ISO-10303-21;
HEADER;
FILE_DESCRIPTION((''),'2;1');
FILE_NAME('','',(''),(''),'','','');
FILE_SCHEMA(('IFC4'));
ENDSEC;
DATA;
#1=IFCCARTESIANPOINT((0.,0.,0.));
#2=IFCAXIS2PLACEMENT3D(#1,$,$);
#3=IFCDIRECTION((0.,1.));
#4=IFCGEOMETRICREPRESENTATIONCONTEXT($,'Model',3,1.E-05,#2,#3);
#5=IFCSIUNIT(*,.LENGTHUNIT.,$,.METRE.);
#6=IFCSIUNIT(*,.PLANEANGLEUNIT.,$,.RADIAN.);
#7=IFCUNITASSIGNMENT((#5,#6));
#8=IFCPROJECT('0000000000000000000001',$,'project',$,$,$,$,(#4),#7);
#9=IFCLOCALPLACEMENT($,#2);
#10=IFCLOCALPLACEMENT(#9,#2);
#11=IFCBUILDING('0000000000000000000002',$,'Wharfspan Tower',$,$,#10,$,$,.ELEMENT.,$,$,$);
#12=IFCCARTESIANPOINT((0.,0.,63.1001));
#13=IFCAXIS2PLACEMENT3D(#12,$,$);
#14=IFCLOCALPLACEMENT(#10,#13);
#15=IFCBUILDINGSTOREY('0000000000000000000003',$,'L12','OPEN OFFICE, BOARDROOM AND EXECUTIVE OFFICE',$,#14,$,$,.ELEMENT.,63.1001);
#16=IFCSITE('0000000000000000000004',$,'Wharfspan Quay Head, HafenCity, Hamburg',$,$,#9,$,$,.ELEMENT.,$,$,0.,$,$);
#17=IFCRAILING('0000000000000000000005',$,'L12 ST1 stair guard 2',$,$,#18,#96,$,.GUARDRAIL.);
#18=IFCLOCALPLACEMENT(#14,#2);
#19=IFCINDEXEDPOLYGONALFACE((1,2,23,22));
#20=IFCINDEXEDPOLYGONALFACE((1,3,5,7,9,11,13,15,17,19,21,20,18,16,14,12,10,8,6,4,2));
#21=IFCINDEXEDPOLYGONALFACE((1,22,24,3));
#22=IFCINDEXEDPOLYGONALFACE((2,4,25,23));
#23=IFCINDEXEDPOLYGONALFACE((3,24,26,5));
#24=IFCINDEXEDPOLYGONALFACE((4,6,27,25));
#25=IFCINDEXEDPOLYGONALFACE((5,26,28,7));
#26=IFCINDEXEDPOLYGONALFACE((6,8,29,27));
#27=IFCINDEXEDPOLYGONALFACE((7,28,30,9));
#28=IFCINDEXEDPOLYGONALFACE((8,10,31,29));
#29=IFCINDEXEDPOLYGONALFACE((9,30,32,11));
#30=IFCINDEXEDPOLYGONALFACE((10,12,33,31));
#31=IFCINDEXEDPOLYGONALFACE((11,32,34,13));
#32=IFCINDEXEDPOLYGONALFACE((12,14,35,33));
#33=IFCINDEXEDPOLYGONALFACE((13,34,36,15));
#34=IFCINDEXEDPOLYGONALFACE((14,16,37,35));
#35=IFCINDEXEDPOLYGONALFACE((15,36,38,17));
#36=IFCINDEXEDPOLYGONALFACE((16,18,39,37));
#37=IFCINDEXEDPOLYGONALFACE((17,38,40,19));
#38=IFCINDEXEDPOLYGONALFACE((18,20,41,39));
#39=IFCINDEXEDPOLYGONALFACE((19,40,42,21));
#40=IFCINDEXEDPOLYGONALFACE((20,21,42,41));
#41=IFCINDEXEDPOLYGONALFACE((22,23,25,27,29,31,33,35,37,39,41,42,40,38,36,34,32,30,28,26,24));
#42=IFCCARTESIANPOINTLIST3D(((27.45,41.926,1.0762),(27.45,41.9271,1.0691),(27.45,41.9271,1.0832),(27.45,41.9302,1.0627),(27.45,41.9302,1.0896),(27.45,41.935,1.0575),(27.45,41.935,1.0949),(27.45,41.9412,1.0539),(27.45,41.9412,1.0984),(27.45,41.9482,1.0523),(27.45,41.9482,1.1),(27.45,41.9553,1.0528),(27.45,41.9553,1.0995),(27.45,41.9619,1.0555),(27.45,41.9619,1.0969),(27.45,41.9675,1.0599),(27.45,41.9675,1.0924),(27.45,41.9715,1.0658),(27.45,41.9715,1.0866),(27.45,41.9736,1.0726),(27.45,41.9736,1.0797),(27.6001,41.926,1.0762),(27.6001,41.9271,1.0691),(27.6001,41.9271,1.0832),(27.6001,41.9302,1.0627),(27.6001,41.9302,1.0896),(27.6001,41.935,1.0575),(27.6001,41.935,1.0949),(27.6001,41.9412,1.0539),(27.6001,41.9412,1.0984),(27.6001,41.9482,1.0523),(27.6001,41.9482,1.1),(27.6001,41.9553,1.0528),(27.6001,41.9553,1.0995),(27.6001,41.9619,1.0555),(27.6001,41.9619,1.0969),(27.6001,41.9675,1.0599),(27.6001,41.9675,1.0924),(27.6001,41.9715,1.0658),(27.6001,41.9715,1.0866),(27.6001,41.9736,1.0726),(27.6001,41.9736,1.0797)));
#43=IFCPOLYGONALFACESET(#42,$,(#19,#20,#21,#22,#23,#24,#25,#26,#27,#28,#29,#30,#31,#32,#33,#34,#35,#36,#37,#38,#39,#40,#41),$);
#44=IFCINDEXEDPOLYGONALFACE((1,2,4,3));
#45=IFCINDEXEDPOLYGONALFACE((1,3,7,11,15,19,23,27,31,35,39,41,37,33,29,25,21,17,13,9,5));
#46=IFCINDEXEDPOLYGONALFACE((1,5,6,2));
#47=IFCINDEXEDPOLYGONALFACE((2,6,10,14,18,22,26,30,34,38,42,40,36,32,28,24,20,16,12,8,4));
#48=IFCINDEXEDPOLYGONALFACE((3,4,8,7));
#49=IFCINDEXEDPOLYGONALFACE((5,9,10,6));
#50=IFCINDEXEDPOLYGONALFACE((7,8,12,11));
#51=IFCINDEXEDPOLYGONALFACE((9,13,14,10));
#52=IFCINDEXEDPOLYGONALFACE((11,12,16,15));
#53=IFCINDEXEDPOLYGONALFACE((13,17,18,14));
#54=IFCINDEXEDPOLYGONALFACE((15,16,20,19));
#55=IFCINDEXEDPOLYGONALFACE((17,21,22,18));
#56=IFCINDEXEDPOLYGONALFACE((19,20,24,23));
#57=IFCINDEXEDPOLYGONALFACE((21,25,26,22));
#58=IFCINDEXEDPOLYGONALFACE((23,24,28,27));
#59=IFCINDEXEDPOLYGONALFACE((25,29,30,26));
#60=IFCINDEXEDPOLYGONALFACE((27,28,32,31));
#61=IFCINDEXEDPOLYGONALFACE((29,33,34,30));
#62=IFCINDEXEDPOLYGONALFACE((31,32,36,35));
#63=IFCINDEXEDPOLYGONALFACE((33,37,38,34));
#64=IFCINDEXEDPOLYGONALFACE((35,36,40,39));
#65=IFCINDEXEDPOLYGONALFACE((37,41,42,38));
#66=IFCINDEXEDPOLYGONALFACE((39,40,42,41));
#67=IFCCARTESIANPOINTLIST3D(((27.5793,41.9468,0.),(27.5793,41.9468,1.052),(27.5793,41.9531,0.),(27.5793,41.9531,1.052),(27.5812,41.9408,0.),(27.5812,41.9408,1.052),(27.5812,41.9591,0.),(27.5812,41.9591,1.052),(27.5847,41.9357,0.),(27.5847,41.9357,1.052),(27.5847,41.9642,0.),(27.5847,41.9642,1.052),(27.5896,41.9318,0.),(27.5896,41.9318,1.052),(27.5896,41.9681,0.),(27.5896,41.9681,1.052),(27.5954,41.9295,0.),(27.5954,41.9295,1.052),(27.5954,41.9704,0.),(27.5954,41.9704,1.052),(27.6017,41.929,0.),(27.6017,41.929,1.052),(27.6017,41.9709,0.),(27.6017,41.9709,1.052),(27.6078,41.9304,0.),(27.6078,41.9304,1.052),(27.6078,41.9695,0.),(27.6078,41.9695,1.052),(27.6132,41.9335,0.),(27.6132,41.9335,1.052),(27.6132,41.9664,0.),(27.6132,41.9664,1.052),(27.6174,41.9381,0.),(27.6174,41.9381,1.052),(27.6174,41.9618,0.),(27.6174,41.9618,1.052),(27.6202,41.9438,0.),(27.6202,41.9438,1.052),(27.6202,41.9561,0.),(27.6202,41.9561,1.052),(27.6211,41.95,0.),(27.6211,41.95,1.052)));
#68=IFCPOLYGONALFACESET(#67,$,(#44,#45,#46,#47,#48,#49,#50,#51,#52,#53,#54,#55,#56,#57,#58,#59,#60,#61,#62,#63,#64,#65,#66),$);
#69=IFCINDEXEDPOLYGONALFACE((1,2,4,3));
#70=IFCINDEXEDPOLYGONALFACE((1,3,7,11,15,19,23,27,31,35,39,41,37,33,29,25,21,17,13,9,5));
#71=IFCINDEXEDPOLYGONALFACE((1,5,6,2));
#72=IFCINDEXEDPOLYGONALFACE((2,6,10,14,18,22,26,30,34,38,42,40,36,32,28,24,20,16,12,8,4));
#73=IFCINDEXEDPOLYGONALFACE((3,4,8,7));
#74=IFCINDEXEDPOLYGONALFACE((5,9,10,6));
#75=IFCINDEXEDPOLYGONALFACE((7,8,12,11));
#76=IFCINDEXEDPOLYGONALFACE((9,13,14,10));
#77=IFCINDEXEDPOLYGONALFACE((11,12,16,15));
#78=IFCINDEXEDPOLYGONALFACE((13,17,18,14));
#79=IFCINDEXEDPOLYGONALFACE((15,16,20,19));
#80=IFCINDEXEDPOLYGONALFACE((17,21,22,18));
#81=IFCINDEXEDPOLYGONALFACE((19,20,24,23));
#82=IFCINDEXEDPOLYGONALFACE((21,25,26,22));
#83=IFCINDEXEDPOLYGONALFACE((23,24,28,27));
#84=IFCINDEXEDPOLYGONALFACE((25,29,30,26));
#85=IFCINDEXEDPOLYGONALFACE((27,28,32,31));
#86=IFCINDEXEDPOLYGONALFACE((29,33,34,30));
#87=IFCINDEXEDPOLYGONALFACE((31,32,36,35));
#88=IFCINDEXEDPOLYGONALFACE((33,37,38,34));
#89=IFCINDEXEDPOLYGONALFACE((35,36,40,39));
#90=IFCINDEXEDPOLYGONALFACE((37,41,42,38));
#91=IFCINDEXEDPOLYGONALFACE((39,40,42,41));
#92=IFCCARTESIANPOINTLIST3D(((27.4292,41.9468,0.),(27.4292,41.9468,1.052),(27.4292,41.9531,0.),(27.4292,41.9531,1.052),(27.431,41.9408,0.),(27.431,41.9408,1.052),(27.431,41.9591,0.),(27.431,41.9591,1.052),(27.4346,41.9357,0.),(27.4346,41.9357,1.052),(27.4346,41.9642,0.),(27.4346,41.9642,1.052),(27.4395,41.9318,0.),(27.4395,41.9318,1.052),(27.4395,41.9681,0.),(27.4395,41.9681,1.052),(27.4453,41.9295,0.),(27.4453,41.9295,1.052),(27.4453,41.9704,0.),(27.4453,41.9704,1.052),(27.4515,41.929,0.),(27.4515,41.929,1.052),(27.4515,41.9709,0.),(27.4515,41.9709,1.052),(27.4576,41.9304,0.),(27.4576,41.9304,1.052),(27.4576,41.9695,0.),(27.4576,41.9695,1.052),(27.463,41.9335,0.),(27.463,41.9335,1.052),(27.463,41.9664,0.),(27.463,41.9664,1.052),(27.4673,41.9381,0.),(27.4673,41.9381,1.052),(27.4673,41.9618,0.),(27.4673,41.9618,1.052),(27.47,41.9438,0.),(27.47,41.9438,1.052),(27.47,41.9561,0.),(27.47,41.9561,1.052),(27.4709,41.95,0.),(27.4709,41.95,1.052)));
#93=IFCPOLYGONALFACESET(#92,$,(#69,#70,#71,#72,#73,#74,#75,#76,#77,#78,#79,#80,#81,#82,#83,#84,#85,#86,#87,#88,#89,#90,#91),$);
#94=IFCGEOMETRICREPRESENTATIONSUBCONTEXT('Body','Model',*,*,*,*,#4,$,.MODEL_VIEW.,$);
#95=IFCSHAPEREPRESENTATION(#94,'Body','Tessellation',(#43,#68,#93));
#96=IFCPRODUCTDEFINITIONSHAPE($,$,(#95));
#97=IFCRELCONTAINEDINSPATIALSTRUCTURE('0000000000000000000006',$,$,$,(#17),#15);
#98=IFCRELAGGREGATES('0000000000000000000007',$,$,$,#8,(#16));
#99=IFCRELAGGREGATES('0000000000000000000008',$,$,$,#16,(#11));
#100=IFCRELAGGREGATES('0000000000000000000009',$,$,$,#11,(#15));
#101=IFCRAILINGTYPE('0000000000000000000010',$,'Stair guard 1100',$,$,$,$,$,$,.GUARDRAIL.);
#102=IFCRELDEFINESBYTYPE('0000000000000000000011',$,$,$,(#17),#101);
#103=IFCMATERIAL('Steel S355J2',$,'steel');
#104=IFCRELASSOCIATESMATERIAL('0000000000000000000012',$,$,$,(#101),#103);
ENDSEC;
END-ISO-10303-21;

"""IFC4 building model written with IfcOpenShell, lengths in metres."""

from ifc_helpers import new_model, si_unit, direction, frame, origin, origin_2d, place, context, subcontext, project, spatial, circle, extrude, material, type_object, element, save


model = new_model("IFC4")

# Units and contexts
model_context = context("Model", 3, precision=1e-05, world=origin(), true_north=direction((0.0, 1.0)))
body_context = subcontext(model_context, "Body", "Model", "MODEL_VIEW")
ifc_project = project(units=[si_unit("LENGTHUNIT", "METRE"), si_unit("PLANEANGLEUNIT", "RADIAN")], contexts=[model_context])

# Site, building, storey
site_placement = place(None, origin())
site = spatial("IfcSite", under=ifc_project, at=site_placement, Name="Wharfspan Quay Head, HafenCity, Hamburg", CompositionType="ELEMENT", RefElevation=0.0)
building_placement = place(site_placement, origin())
building = spatial("IfcBuilding", under=site, at=building_placement, Name="Wharfspan Tower", CompositionType="ELEMENT")
storey_placement = place(building_placement, frame((0.0, 0.0, 63.1001)))
storey = spatial("IfcBuildingStorey", under=building, at=storey_placement, Name="L12", Description="OPEN OFFICE, BOARDROOM AND EXECUTIVE OFFICE", CompositionType="ELEMENT", Elevation=63.1001)

# Shared definitions
ifc_material_1 = material(Name="Steel S355J2", Category="steel")

# Railing
railing_type_1 = type_object("IfcRailingType", Name="Stair guard 1100", PredefinedType="GUARDRAIL", material=ifc_material_1)
railing_1_placement = place(storey_placement, frame((27.6001, 41.95, 0.0)))
element("IfcRailing", 1, at=railing_1_placement, inside=storey, type_object=railing_type_1, Name="L12 ST1 stair guard 2", PredefinedType="GUARDRAIL", context=body_context, shape_type="SweptSolid", body=[
    extrude(circle(Radius=0.0239, at=origin_2d()), frame((0.0, 0.0, 1.0762), z_axis=(-1.0, 0.0, 0.0), x_axis=(0.0, -1.0, 0.0)), (0.0, 0.0, 1.0), 0.1501),
    extrude(circle(Radius=0.021, at=origin_2d()), origin(), (0.0, 0.0, 1.0), 1.052),
    extrude(circle(Radius=0.021, at=origin_2d()), frame((-0.1501, 0.0, 0.0)), (0.0, 0.0, 1.0), 1.052),
])

save(model, "model.ifc")
